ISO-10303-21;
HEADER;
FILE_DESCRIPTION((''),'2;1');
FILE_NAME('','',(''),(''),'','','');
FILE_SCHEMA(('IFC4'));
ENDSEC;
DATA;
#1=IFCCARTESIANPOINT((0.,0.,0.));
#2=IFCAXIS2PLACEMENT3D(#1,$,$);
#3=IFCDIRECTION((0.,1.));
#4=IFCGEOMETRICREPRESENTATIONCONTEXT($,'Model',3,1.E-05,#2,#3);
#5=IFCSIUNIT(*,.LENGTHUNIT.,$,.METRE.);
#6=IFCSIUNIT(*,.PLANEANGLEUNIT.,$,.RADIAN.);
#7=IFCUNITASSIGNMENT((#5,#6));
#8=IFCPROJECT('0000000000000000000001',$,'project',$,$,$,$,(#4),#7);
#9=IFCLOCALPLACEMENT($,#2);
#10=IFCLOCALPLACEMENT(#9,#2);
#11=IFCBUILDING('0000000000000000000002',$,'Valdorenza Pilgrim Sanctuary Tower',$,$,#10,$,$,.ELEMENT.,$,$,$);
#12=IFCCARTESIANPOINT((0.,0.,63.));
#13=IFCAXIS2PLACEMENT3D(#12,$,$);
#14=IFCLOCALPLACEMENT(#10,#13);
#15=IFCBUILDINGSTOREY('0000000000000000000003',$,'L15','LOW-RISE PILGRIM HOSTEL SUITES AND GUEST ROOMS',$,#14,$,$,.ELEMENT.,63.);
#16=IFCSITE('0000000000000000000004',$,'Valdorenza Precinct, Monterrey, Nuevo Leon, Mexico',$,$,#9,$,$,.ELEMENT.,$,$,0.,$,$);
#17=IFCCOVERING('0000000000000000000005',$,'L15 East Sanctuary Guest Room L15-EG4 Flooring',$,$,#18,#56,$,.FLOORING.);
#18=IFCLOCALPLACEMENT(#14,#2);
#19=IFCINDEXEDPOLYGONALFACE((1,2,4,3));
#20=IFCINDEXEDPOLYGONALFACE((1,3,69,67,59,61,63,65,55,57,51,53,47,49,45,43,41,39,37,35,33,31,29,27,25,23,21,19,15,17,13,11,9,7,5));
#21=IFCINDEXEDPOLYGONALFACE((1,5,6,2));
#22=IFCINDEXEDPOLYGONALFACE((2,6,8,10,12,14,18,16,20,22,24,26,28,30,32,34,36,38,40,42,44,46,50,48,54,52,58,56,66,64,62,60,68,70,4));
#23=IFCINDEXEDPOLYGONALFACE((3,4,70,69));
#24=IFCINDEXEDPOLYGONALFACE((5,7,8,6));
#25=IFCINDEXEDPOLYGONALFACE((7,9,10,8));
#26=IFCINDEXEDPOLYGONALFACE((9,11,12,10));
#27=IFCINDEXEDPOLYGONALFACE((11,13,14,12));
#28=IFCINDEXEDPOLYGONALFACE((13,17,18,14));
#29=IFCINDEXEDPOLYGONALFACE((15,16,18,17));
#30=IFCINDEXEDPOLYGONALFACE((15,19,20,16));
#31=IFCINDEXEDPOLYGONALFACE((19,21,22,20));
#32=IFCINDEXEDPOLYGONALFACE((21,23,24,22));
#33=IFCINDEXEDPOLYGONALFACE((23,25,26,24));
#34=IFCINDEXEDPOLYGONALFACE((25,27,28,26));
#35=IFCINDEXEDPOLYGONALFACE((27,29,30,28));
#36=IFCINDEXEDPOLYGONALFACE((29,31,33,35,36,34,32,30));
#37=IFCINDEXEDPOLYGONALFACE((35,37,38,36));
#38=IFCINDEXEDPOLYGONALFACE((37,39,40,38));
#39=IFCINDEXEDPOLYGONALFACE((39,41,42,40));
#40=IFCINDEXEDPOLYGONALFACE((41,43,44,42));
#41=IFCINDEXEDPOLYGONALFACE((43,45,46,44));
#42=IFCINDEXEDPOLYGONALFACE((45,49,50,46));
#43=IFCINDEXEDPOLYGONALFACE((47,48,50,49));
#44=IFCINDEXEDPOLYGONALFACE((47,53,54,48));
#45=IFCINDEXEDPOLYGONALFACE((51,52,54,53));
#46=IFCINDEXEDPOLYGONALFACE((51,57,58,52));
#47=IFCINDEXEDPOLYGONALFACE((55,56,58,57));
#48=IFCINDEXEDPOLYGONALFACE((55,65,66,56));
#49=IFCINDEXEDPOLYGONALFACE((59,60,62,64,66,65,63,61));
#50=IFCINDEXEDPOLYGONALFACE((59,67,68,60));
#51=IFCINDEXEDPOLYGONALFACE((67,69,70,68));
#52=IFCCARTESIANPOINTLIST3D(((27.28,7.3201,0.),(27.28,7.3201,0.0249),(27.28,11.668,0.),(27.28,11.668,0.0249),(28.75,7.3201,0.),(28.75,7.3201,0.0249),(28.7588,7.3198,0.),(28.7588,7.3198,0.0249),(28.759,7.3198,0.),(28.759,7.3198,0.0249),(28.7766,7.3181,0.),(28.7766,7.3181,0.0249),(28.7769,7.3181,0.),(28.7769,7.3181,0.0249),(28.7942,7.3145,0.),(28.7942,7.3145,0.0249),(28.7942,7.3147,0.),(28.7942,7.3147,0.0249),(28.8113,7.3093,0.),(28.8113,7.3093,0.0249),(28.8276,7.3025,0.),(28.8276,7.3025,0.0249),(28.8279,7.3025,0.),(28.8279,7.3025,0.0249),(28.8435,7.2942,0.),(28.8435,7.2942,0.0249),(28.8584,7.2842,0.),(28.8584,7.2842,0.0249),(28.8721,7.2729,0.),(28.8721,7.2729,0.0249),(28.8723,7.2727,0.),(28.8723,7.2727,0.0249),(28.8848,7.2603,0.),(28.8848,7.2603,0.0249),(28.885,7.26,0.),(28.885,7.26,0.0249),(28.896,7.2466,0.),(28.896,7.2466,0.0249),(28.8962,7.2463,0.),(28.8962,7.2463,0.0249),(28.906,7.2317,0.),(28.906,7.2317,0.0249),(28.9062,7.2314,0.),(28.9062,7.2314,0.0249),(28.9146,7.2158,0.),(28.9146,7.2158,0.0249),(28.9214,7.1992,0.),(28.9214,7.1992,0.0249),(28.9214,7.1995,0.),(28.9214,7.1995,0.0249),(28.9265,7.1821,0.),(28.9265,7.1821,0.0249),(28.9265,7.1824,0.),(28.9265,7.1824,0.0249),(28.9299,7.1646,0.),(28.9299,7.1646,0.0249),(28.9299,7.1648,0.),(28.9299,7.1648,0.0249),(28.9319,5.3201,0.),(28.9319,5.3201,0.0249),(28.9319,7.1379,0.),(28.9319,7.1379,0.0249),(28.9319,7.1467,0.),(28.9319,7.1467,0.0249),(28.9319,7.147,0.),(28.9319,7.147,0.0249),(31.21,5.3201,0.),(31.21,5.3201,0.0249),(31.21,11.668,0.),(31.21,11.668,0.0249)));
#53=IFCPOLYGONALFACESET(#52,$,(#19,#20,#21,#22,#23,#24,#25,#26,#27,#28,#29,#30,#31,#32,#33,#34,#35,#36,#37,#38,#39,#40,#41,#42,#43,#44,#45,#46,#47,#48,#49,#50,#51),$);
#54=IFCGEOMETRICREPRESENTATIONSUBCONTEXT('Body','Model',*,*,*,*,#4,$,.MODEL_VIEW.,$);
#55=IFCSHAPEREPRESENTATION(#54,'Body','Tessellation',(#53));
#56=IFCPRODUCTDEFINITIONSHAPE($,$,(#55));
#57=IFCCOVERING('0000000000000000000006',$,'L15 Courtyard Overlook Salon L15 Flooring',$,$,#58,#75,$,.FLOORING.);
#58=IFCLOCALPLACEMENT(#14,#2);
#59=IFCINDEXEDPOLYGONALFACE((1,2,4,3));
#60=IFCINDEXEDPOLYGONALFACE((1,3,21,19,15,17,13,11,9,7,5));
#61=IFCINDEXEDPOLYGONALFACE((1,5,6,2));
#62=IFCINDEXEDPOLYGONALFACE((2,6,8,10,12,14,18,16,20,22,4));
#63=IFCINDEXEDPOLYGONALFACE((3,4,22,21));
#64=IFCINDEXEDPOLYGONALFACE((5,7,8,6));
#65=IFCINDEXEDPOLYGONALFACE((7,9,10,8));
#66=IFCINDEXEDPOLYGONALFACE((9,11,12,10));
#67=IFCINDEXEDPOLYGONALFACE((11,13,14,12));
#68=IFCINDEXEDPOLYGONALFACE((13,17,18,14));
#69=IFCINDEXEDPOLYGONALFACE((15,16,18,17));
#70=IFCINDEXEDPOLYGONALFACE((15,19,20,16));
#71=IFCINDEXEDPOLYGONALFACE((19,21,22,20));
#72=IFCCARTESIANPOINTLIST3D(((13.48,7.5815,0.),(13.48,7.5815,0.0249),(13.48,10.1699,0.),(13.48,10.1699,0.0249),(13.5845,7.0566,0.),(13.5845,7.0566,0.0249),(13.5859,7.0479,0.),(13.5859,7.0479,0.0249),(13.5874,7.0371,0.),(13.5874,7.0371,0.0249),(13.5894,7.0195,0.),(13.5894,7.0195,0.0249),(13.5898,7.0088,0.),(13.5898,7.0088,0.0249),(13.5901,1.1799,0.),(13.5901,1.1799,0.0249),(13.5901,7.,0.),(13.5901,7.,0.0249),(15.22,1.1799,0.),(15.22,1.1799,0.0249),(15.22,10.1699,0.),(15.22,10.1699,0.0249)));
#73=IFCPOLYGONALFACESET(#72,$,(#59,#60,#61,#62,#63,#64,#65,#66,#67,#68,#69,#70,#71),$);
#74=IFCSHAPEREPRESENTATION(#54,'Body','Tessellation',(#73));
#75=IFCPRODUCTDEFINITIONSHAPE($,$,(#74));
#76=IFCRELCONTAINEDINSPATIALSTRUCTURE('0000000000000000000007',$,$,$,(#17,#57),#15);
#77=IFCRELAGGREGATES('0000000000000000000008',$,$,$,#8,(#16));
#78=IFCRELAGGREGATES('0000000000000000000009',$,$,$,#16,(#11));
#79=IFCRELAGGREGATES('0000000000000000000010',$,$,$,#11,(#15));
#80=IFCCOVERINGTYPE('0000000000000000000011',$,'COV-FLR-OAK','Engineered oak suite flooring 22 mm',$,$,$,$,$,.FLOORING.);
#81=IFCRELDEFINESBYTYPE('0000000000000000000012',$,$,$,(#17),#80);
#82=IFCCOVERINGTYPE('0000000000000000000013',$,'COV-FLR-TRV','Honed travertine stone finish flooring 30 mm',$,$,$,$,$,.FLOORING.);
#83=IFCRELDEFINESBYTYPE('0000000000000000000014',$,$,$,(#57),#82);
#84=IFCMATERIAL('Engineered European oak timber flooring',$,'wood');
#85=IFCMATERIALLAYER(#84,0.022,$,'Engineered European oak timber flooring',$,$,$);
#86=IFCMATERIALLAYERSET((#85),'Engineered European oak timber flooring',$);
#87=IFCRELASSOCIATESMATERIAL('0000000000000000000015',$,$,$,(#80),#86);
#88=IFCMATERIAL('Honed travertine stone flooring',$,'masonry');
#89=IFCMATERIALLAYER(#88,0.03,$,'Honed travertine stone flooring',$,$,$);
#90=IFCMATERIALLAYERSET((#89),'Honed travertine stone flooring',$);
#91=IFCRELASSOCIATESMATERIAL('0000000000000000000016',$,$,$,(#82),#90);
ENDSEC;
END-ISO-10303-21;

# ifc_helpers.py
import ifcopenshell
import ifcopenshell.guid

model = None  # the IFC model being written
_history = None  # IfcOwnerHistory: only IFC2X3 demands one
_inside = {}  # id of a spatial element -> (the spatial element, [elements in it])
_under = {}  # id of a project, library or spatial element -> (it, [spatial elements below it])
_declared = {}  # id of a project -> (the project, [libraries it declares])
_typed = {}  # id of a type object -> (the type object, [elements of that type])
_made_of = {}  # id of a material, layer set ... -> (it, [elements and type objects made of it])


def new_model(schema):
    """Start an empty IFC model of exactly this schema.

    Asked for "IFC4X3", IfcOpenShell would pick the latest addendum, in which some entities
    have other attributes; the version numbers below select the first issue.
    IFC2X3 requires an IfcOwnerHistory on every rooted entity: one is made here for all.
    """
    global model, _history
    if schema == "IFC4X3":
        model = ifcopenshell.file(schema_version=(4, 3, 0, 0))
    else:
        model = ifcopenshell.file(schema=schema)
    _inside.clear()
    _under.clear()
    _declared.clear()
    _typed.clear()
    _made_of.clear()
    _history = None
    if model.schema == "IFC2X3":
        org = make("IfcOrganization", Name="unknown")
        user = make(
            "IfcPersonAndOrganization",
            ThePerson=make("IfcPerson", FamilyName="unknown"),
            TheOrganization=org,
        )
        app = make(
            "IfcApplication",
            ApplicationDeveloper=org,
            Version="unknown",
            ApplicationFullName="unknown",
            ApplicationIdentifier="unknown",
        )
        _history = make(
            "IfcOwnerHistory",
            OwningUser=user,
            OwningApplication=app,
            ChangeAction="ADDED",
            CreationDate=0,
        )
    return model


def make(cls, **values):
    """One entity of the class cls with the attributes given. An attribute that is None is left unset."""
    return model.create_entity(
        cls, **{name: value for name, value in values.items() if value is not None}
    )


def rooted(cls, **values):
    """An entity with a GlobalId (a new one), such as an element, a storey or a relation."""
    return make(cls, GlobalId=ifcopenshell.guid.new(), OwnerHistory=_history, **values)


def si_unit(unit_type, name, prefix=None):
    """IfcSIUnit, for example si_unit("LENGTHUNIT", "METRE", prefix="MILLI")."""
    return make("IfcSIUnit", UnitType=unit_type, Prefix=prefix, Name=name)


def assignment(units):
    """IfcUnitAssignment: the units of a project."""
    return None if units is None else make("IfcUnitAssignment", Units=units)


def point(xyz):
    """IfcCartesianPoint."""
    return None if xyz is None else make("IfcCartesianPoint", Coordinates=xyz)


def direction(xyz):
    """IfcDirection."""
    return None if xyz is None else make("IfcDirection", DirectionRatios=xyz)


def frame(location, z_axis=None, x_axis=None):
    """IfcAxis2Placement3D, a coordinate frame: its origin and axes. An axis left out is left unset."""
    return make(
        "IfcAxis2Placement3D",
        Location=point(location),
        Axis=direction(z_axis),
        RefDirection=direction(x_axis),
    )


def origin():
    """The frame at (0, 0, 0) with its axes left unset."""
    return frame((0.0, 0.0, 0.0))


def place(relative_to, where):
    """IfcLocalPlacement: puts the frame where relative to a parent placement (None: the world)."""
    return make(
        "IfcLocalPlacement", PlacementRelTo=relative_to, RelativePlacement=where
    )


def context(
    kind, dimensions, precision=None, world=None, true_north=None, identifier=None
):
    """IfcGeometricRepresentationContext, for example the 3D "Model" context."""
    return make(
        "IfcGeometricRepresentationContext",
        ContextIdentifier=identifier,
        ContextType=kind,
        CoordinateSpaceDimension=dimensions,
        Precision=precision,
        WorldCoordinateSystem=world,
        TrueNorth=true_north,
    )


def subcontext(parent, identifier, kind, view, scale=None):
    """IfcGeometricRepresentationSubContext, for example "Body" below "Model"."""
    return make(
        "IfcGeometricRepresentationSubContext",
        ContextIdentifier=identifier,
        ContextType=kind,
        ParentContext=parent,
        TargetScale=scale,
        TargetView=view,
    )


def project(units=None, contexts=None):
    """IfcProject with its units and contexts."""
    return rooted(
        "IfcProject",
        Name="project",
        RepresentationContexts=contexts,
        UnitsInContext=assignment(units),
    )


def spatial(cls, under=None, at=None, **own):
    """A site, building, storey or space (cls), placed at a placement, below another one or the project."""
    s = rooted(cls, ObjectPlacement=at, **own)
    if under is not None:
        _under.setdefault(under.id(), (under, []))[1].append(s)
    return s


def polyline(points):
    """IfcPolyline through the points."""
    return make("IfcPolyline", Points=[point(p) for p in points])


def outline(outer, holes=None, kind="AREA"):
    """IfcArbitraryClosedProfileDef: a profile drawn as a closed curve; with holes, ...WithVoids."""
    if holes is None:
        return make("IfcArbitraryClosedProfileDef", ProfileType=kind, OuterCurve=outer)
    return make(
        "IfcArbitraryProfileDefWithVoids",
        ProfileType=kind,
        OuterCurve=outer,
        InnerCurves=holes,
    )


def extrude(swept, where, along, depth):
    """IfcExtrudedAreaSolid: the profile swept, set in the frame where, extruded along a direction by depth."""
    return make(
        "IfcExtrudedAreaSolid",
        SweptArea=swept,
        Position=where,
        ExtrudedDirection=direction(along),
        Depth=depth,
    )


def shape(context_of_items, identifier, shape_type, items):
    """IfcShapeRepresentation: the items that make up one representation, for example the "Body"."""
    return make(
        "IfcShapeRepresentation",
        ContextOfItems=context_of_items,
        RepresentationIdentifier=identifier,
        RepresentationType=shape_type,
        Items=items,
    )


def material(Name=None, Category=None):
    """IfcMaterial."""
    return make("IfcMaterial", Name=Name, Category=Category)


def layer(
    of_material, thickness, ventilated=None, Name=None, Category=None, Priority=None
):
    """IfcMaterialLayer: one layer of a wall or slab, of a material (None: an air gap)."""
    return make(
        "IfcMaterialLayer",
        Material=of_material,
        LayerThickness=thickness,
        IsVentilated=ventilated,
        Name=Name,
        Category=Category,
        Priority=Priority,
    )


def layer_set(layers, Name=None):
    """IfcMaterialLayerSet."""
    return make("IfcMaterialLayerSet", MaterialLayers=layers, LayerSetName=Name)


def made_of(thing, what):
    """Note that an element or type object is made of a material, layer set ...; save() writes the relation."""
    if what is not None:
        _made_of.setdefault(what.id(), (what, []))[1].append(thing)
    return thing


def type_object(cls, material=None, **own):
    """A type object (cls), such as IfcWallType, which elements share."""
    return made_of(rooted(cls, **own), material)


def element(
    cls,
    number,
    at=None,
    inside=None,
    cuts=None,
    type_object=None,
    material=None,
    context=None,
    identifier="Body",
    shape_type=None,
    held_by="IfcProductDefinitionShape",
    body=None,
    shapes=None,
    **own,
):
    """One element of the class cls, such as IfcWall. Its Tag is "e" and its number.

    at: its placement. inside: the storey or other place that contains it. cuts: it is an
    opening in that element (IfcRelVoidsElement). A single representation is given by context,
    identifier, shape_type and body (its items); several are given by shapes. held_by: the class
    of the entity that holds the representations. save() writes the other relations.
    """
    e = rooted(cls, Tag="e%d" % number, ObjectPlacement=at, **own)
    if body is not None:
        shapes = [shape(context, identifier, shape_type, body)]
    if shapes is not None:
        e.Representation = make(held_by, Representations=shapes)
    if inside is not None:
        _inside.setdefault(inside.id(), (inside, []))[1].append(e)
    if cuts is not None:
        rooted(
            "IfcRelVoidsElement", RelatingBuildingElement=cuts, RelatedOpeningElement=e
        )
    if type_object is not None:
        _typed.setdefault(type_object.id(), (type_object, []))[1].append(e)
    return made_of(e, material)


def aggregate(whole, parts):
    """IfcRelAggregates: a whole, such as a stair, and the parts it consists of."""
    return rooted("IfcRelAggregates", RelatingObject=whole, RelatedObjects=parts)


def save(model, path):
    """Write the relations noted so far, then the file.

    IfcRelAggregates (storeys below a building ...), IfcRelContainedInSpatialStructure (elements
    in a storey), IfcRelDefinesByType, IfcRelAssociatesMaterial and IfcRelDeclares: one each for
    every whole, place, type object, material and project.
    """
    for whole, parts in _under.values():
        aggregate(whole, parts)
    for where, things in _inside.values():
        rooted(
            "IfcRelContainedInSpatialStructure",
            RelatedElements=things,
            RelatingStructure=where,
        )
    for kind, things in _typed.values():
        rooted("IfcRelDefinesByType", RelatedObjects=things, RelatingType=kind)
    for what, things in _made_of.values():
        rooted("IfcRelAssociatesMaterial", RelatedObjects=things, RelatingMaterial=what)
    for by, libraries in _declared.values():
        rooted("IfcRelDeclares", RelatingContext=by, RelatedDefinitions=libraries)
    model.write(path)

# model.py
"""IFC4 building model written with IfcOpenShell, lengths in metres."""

from ifc_helpers import new_model, si_unit, direction, frame, origin, place, context, subcontext, project, spatial, polyline, outline, extrude, material, layer, layer_set, type_object, element, save


model = new_model("IFC4")

# Units and contexts
model_context = context("Model", 3, precision=1e-05, world=origin(), true_north=direction((0.0, 1.0)))
body_context = subcontext(model_context, "Body", "Model", "MODEL_VIEW")
ifc_project = project(units=[si_unit("LENGTHUNIT", "METRE"), si_unit("PLANEANGLEUNIT", "RADIAN")], contexts=[model_context])

# Site, building, storey
site_placement = place(None, origin())
site = spatial("IfcSite", under=ifc_project, at=site_placement, Name="Valdorenza Precinct, Monterrey, Nuevo Leon, Mexico", CompositionType="ELEMENT", RefElevation=0.0)
building_placement = place(site_placement, origin())
building = spatial("IfcBuilding", under=site, at=building_placement, Name="Valdorenza Pilgrim Sanctuary Tower", CompositionType="ELEMENT")
storey_placement = place(building_placement, frame((0.0, 0.0, 63.0)))
storey = spatial("IfcBuildingStorey", under=building, at=storey_placement, Name="L15", Description="LOW-RISE PILGRIM HOSTEL SUITES AND GUEST ROOMS", CompositionType="ELEMENT", Elevation=63.0)

# Coverings
ifc_material_1 = material(Name="Engineered European oak timber flooring", Category="wood")
ifc_layer_1 = layer(ifc_material_1, 0.022, Name="Engineered European oak timber flooring")
ifc_layer_set_1 = layer_set([ifc_layer_1], Name="Engineered European oak timber flooring")
covering_type_1 = type_object("IfcCoveringType", Name="COV-FLR-OAK", Description="Engineered oak suite flooring 22 mm", PredefinedType="FLOORING", material=ifc_layer_set_1)
covering_1_placement = place(storey_placement, origin())
element("IfcCovering", 1, at=covering_1_placement, inside=storey, type_object=covering_type_1, Name="L15 East Sanctuary Guest Room L15-EG4 Flooring", PredefinedType="FLOORING", context=body_context, shape_type="SweptSolid", body=[
    extrude(outline(polyline([(31.21, 5.3201), (28.9319, 5.3201), (28.9319, 7.1379), (28.9319, 7.1467), (28.9319, 7.147), (28.9299, 7.1646), (28.9299, 7.1648), (28.9265, 7.1821), (28.9265, 7.1824), (28.9214, 7.1992), (28.9214, 7.1995), (28.9146, 7.2158), (28.9146, 7.2158), (28.9062, 7.2314), (28.906, 7.2317), (28.8962, 7.2463), (28.896, 7.2466), (28.885, 7.26), (28.8848, 7.2603), (28.8723, 7.2727), (28.8721, 7.2729), (28.8584, 7.2842), (28.8584, 7.2842), (28.8435, 7.2942), (28.8435, 7.2942), (28.8279, 7.3025), (28.8276, 7.3025), (28.8113, 7.3093), (28.8113, 7.3093), (28.7942, 7.3145), (28.7942, 7.3147), (28.7769, 7.3181), (28.7766, 7.3181), (28.759, 7.3198), (28.7588, 7.3198), (28.75, 7.3201), (27.28, 7.3201), (27.28, 11.668), (31.21, 11.668), (31.21, 5.3201)])), origin(), (0.0, 0.0, 1.0), 0.0249),
])
ifc_material_2 = material(Name="Honed travertine stone flooring", Category="masonry")
ifc_layer_2 = layer(ifc_material_2, 0.03, Name="Honed travertine stone flooring")
ifc_layer_set_2 = layer_set([ifc_layer_2], Name="Honed travertine stone flooring")
covering_type_2 = type_object("IfcCoveringType", Name="COV-FLR-TRV", Description="Honed travertine stone finish flooring 30 mm", PredefinedType="FLOORING", material=ifc_layer_set_2)
covering_2_placement = place(storey_placement, origin())
element("IfcCovering", 2, at=covering_2_placement, inside=storey, type_object=covering_type_2, Name="L15 Courtyard Overlook Salon L15 Flooring", PredefinedType="FLOORING", context=body_context, shape_type="SweptSolid", body=[
    extrude(outline(polyline([(15.22, 10.1699), (15.22, 1.1799), (13.5901, 1.1799), (13.5901, 7.0), (13.5898, 7.0088), (13.5894, 7.0195), (13.5874, 7.0371), (13.5859, 7.0479), (13.5845, 7.0566), (13.48, 7.5815), (13.48, 10.1699), (15.22, 10.1699)])), origin(), (0.0, 0.0, 1.0), 0.0249),
])

save(model, "model.ifc")
